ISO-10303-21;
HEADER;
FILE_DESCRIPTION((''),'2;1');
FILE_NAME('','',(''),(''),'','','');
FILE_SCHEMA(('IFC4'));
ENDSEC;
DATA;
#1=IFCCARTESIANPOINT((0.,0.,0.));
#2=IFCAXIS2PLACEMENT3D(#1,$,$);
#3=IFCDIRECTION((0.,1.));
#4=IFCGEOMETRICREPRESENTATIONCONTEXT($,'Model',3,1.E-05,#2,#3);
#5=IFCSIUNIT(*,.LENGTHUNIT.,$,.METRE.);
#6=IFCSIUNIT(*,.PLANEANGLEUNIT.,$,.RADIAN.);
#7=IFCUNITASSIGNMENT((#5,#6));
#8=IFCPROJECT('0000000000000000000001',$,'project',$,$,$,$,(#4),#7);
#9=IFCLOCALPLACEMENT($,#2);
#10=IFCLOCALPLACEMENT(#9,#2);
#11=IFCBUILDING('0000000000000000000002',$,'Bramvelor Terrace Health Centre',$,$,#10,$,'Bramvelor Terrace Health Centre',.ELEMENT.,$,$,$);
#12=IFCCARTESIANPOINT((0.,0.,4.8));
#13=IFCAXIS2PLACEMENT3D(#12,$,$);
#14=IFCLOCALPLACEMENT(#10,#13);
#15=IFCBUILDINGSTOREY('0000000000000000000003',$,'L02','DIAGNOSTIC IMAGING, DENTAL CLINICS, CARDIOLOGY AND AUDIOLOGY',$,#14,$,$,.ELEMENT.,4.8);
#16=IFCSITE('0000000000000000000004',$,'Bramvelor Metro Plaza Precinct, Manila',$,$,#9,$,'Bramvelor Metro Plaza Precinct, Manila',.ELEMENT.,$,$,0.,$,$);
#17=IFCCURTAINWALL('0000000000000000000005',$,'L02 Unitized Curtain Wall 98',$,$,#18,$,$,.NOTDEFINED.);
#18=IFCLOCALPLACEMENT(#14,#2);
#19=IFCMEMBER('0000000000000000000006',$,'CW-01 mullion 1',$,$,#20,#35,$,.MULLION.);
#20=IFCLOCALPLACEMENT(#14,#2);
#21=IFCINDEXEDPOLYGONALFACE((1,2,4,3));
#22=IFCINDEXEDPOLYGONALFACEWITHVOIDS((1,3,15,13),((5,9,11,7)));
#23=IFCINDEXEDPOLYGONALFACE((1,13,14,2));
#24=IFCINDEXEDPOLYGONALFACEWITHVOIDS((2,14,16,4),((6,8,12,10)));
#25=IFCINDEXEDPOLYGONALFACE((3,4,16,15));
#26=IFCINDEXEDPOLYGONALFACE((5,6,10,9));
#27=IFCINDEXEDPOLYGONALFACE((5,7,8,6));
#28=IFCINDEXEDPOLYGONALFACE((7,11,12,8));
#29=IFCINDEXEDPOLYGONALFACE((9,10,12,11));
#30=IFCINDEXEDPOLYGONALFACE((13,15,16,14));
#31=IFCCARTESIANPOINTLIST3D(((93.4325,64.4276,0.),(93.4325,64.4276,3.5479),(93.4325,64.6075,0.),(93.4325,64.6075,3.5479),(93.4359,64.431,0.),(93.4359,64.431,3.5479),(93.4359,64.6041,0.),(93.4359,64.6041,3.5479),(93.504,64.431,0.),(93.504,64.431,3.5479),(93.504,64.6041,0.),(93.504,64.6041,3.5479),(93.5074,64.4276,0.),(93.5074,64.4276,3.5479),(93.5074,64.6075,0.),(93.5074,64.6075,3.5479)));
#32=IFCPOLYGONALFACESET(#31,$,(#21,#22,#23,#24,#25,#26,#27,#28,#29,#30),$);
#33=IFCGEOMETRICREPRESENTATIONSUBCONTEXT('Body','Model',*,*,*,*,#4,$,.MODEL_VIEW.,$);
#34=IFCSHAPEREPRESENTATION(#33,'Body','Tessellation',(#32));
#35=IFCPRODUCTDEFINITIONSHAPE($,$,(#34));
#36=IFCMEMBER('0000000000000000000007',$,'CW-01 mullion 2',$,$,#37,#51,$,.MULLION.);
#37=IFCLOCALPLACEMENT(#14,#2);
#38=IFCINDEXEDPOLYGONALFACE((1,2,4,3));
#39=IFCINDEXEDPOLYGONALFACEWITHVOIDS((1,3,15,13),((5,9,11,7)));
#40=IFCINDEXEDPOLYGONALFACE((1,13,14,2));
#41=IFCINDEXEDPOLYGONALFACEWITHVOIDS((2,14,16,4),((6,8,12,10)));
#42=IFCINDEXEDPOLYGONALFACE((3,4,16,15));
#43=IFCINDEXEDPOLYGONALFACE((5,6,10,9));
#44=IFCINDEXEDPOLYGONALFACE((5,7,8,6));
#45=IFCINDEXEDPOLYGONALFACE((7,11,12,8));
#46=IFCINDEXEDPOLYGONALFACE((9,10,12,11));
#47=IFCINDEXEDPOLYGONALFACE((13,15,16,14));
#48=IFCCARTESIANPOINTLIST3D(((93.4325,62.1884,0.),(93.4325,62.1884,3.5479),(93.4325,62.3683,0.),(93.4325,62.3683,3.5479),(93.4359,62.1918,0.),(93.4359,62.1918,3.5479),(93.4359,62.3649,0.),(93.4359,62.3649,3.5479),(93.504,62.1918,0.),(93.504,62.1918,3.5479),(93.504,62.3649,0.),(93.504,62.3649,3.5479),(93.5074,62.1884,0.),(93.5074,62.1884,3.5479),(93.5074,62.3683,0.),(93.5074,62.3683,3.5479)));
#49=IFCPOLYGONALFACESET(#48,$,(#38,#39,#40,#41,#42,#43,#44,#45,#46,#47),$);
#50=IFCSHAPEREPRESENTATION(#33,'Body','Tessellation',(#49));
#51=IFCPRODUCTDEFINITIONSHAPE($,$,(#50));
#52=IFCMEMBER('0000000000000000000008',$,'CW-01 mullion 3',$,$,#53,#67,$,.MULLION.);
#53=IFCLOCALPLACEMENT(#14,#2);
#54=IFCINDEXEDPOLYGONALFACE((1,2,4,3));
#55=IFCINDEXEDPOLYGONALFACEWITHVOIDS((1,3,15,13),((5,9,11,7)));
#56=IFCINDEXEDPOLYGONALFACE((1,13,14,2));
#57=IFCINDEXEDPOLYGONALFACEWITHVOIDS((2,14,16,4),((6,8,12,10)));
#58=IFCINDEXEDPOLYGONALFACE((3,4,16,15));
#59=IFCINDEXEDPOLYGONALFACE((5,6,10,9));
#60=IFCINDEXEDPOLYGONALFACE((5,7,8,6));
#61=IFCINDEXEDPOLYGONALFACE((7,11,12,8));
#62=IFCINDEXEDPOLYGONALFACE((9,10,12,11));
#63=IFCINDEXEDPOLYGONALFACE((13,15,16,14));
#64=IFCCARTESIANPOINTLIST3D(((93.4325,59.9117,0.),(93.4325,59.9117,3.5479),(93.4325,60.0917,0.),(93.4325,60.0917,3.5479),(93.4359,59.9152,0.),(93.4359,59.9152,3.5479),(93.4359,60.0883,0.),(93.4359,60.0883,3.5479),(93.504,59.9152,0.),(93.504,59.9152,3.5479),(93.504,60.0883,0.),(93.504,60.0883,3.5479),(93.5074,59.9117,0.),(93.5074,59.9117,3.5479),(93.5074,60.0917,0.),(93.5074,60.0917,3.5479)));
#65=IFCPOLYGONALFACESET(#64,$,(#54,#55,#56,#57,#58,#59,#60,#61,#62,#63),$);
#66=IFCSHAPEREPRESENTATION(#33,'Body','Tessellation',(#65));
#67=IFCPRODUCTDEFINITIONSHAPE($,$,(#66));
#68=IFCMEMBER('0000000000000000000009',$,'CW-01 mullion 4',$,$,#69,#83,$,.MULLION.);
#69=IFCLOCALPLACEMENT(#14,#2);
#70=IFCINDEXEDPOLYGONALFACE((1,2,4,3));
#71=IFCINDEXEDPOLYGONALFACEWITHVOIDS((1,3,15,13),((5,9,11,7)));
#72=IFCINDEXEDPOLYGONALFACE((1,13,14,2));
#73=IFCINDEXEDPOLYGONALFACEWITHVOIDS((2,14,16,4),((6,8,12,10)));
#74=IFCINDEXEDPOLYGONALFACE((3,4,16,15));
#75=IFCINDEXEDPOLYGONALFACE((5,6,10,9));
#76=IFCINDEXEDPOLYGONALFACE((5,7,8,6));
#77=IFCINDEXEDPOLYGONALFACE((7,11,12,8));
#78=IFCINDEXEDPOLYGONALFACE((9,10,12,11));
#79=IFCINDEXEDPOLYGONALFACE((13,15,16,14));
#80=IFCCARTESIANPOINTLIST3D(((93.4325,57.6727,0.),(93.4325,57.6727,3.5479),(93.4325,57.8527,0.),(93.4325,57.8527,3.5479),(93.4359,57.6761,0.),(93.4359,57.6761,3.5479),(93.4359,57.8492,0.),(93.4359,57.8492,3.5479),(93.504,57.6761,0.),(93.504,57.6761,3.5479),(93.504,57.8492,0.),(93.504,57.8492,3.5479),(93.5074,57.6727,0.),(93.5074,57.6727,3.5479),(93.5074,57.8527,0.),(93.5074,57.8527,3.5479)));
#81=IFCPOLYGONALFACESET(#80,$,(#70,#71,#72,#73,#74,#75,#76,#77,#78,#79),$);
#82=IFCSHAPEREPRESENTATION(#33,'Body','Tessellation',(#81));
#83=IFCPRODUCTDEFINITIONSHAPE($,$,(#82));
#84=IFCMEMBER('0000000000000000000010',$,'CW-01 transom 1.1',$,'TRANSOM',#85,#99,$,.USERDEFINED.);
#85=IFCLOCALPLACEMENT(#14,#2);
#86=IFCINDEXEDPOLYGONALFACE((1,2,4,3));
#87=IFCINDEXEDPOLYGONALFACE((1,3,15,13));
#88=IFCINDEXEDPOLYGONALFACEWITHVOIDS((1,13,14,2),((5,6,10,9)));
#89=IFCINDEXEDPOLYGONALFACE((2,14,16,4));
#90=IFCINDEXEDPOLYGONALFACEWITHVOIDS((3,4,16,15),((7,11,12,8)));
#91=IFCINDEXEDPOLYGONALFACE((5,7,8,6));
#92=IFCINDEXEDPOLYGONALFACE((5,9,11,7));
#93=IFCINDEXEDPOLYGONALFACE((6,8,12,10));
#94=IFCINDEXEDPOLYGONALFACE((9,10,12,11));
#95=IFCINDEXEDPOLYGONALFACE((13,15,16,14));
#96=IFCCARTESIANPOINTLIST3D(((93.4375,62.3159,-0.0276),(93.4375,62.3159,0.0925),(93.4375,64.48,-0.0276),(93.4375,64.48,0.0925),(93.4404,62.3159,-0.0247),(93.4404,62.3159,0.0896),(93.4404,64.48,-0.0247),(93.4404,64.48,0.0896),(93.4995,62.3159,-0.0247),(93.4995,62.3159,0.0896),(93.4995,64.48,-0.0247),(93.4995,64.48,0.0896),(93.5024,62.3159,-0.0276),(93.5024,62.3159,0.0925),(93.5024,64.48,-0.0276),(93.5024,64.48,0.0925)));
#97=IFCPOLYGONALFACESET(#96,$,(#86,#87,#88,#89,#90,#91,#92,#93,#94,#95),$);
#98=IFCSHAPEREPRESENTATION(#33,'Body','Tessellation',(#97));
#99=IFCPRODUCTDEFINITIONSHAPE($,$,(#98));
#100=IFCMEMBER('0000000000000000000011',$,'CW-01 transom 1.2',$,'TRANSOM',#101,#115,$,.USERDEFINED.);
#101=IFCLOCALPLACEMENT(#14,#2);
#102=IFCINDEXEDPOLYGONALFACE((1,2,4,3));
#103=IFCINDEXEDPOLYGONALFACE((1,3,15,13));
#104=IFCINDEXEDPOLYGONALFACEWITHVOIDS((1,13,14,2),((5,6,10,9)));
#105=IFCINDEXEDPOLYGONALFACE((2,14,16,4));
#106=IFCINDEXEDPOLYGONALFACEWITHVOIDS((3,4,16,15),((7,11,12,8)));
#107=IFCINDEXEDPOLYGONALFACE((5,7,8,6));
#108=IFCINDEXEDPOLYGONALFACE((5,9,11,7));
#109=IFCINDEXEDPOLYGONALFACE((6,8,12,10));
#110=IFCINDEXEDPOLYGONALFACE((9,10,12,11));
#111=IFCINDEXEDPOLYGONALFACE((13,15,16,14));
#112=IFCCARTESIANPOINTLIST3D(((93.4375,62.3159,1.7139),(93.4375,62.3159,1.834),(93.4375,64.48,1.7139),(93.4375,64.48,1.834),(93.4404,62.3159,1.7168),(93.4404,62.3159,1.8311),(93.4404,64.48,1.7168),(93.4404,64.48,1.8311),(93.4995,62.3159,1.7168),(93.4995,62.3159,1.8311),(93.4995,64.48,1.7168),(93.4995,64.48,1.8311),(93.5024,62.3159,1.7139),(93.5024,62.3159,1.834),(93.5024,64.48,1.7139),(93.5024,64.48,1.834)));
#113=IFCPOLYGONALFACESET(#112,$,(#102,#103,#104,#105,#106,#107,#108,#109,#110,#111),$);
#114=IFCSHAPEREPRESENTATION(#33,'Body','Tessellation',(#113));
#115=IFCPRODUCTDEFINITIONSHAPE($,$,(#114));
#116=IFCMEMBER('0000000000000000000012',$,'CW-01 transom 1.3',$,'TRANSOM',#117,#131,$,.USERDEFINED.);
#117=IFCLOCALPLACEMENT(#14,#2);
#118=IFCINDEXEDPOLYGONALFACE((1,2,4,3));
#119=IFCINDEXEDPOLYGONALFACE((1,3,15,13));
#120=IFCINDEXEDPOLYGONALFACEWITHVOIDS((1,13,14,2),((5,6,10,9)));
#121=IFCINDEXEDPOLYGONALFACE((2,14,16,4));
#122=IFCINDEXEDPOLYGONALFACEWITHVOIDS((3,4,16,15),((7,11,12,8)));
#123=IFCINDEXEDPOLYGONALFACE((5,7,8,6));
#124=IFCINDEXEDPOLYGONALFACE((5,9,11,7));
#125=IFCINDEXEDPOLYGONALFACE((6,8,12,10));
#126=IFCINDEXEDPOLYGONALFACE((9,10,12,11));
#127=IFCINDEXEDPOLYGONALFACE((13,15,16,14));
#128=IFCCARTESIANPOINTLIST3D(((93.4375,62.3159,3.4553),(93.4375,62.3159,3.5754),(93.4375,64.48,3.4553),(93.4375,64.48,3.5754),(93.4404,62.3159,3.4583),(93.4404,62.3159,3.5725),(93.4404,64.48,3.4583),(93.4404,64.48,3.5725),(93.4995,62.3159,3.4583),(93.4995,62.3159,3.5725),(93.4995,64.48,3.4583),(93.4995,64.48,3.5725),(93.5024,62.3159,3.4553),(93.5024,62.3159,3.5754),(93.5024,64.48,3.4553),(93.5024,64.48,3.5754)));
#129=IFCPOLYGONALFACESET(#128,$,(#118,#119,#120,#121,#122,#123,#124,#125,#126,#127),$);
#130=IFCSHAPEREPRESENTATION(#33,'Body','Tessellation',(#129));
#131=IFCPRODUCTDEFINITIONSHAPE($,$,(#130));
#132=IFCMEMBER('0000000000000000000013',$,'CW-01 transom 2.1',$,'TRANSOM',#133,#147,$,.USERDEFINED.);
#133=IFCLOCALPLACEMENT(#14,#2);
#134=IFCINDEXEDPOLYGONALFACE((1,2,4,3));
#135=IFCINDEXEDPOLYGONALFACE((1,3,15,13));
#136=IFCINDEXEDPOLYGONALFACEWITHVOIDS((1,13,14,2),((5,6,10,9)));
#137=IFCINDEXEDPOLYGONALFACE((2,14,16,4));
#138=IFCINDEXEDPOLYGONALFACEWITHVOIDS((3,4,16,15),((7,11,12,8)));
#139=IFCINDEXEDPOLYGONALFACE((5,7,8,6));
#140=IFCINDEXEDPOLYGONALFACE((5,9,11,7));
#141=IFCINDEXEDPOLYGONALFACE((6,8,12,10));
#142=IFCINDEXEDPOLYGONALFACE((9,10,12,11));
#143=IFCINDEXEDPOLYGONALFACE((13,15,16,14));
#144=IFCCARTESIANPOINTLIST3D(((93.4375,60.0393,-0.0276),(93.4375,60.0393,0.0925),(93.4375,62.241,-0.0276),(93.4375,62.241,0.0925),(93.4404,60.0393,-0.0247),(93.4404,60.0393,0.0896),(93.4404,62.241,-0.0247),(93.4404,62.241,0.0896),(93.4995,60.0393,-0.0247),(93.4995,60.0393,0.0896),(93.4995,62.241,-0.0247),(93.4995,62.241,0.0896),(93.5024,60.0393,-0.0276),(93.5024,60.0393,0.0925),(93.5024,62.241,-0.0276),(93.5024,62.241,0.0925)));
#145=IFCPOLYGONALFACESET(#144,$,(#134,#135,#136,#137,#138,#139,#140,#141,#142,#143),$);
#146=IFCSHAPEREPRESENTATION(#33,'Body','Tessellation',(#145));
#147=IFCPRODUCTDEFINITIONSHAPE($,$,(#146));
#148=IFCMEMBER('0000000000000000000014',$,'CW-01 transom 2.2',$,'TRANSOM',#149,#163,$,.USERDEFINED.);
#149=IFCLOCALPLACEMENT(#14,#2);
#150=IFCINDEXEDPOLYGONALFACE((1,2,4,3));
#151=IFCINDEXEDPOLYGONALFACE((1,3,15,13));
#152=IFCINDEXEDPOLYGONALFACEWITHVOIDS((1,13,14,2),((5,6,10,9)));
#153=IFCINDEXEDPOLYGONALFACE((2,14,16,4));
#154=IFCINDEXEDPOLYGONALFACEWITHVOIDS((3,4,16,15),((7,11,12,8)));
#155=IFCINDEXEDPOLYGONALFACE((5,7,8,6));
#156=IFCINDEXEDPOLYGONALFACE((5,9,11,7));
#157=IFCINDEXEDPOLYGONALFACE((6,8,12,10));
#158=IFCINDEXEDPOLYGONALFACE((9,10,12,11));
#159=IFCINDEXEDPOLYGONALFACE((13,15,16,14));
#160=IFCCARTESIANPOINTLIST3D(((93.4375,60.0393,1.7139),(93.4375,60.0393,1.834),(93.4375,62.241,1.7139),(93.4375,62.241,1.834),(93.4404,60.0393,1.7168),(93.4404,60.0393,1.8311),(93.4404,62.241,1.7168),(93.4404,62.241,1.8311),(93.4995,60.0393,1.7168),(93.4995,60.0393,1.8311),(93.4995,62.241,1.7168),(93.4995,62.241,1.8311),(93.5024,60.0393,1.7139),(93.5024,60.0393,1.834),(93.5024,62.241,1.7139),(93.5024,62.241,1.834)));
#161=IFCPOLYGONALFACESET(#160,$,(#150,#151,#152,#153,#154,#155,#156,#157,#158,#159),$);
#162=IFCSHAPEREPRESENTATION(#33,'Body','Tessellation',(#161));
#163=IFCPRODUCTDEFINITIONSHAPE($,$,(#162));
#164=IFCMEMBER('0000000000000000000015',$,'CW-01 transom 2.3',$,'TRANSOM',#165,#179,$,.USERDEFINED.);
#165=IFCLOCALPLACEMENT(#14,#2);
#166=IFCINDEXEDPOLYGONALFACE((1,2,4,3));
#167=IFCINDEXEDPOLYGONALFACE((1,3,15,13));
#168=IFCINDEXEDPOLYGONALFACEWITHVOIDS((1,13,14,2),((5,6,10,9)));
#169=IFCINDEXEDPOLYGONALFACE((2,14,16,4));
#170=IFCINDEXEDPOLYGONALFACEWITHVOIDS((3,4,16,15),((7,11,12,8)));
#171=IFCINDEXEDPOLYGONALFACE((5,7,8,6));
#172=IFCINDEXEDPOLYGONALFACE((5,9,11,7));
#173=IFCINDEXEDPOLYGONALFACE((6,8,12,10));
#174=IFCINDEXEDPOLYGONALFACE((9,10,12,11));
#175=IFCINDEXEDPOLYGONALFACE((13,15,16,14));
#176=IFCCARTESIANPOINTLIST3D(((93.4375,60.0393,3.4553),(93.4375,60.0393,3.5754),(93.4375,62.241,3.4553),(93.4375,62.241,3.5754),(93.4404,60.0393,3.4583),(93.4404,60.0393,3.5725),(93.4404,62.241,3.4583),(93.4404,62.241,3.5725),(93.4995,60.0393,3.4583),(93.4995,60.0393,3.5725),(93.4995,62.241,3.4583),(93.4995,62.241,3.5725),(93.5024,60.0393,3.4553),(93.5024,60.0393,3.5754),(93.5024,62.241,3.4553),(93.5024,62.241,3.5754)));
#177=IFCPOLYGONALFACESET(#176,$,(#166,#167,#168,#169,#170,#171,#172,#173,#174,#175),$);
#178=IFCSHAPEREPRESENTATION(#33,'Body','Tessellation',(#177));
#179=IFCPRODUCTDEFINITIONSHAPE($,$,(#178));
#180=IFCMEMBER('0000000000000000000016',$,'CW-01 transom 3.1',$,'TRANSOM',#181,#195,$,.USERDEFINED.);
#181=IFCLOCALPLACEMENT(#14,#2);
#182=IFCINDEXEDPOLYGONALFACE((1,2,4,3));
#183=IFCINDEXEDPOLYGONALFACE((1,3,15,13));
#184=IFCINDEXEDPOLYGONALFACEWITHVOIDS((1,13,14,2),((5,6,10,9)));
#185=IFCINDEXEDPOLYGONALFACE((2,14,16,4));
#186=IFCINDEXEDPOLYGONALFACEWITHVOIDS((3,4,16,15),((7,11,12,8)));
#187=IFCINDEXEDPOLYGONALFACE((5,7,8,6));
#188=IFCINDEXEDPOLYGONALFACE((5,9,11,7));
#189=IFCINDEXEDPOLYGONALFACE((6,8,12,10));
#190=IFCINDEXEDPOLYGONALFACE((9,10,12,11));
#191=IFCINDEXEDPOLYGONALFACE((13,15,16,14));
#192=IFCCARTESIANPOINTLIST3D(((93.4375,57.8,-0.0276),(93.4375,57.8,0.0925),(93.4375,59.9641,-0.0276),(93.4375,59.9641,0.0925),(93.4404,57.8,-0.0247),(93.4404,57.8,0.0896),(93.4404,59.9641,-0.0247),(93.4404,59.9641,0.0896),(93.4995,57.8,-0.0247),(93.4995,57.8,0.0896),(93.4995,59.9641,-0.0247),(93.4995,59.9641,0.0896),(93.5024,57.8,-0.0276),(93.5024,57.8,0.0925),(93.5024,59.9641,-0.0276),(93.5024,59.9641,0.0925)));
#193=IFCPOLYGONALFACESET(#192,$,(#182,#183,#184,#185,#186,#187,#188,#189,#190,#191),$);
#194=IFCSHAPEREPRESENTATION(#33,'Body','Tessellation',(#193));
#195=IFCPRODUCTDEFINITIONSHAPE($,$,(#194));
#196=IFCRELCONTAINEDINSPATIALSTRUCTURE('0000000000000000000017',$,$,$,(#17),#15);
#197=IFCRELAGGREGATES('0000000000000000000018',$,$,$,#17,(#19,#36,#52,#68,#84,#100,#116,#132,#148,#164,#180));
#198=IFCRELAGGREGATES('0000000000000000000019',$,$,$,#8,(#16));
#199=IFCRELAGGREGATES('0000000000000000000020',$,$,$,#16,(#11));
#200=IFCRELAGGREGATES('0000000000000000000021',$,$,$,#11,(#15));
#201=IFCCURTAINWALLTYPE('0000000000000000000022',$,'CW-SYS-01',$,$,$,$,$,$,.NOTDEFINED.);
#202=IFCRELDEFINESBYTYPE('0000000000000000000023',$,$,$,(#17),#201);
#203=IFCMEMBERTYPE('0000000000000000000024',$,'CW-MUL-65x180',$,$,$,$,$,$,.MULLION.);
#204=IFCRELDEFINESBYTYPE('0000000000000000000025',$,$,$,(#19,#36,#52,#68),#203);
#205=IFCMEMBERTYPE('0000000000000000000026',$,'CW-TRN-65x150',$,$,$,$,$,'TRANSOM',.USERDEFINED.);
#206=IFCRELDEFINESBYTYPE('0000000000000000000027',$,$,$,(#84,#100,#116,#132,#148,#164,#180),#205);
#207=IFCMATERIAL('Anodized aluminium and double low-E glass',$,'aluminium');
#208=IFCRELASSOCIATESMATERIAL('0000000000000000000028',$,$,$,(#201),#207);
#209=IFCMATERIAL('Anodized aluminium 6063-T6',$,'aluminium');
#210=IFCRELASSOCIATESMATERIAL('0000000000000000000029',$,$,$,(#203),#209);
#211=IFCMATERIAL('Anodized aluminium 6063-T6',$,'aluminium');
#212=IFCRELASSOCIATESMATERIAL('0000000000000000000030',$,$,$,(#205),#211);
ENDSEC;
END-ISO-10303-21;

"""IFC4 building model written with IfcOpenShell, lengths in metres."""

from ifc_helpers import new_model, si_unit, direction, frame, origin, origin_2d, place, context, subcontext, project, spatial, hollow_rectangle, extrude, material, material_profile, profile_set, type_object, element, aggregate, save


model = new_model("IFC4")

# Units and contexts
model_context = context("Model", 3, precision=1e-05, world=origin(), true_north=direction((0.0, 1.0)))
body_context = subcontext(model_context, "Body", "Model", "MODEL_VIEW")
ifc_project = project(units=[si_unit("LENGTHUNIT", "METRE"), si_unit("PLANEANGLEUNIT", "RADIAN")], contexts=[model_context])

# Site, building, storey
site_placement = place(None, origin())
site = spatial("IfcSite", under=ifc_project, at=site_placement, Name="Bramvelor Metro Plaza Precinct, Manila", LongName="Bramvelor Metro Plaza Precinct, Manila", CompositionType="ELEMENT", RefElevation=0.0)
building_placement = place(site_placement, origin())
building = spatial("IfcBuilding", under=site, at=building_placement, Name="Bramvelor Terrace Health Centre", LongName="Bramvelor Terrace Health Centre", CompositionType="ELEMENT")
storey_placement = place(building_placement, frame((0.0, 0.0, 4.8)))
storey = spatial("IfcBuildingStorey", under=building, at=storey_placement, Name="L02", Description="DIAGNOSTIC IMAGING, DENTAL CLINICS, CARDIOLOGY AND AUDIOLOGY", CompositionType="ELEMENT", Elevation=4.8)

# Curtain wall, members
ifc_material_1 = material(Name="Anodized aluminium and double low-E glass", Category="aluminium")
curtain_wall_type = type_object("IfcCurtainWallType", Name="CW-SYS-01", PredefinedType="NOTDEFINED", material=ifc_material_1)
curtain_wall_placement = place(storey_placement, origin())
curtain_wall = element("IfcCurtainWall", 1, at=curtain_wall_placement, inside=storey, type_object=curtain_wall_type, Name="L02 Unitized Curtain Wall 98", PredefinedType="NOTDEFINED")
ifc_material_2 = material(Name="Anodized aluminium 6063-T6", Category="aluminium")
ifc_material_profile_1 = material_profile(ifc_material_2, hollow_rectangle(XDim=0.075, YDim=0.1799, WallThickness=0.0034, at=origin_2d()), Name="ALU-MUL 75x180x3.5")
ifc_profile_set_1 = profile_set([ifc_material_profile_1], Name="Anodized aluminium 6063-T6")
member_type_1 = type_object("IfcMemberType", Name="CW-MUL-65x180", PredefinedType="MULLION", material=ifc_profile_set_1)
member_1_placement = place(storey_placement, frame((93.47, 64.5176, 0.0), z_axis=(0.0, 0.0, 1.0), x_axis=(1.0, 0.0, 0.0)))
member_1 = element("IfcMember", 2, at=member_1_placement, type_object=member_type_1, Name="CW-01 mullion 1", PredefinedType="MULLION", context=body_context, shape_type="SweptSolid", body=[
    extrude(hollow_rectangle(XDim=0.075, YDim=0.1799, WallThickness=0.0034, at=origin_2d()), origin(), (0.0, 0.0, 1.0), 3.5479),
])
member_2_placement = place(storey_placement, frame((93.47, 62.2783, 0.0), z_axis=(0.0, 0.0, 1.0), x_axis=(1.0, 0.0, 0.0)))
member_2 = element("IfcMember", 3, at=member_2_placement, type_object=member_type_1, Name="CW-01 mullion 2", PredefinedType="MULLION", context=body_context, shape_type="SweptSolid", body=[
    extrude(hollow_rectangle(XDim=0.075, YDim=0.1799, WallThickness=0.0034, at=origin_2d()), origin(), (0.0, 0.0, 1.0), 3.5479),
])
member_3_placement = place(storey_placement, frame((93.47, 60.0017, 0.0), z_axis=(0.0, 0.0, 1.0), x_axis=(1.0, 0.0, 0.0)))
member_3 = element("IfcMember", 4, at=member_3_placement, type_object=member_type_1, Name="CW-01 mullion 3", PredefinedType="MULLION", context=body_context, shape_type="SweptSolid", body=[
    extrude(hollow_rectangle(XDim=0.075, YDim=0.1799, WallThickness=0.0034, at=origin_2d()), origin(), (0.0, 0.0, 1.0), 3.5479),
])
member_4_placement = place(storey_placement, frame((93.47, 57.7627, 0.0), z_axis=(0.0, 0.0, 1.0), x_axis=(1.0, 0.0, 0.0)))
member_4 = element("IfcMember", 5, at=member_4_placement, type_object=member_type_1, Name="CW-01 mullion 4", PredefinedType="MULLION", context=body_context, shape_type="SweptSolid", body=[
    extrude(hollow_rectangle(XDim=0.075, YDim=0.1799, WallThickness=0.0034, at=origin_2d()), origin(), (0.0, 0.0, 1.0), 3.5479),
])
ifc_material_3 = material(Name="Anodized aluminium 6063-T6", Category="aluminium")
ifc_material_profile_2 = material_profile(ifc_material_3, hollow_rectangle(XDim=0.0649, YDim=0.1201, WallThickness=0.0029, at=origin_2d()), Name="ALU-TRN 65x120x3.0")
ifc_profile_set_2 = profile_set([ifc_material_profile_2], Name="Anodized aluminium 6063-T6")
member_type_2 = type_object("IfcMemberType", Name="CW-TRN-65x150", ElementType="TRANSOM", PredefinedType="USERDEFINED", material=ifc_profile_set_2)
member_5_placement = place(storey_placement, frame((93.47, 64.48, 0.0325), z_axis=(0.0, -1.0, 0.0), x_axis=(1.0, 0.0, 0.0)))
member_5 = element("IfcMember", 6, at=member_5_placement, type_object=member_type_2, Name="CW-01 transom 1.1", ObjectType="TRANSOM", PredefinedType="USERDEFINED", context=body_context, shape_type="SweptSolid", body=[
    extrude(hollow_rectangle(XDim=0.0649, YDim=0.1201, WallThickness=0.0029, at=origin_2d()), origin(), (0.0, 0.0, 1.0), 2.1641),
])
member_6_placement = place(storey_placement, frame((93.47, 64.48, 1.7739), z_axis=(0.0, -1.0, 0.0), x_axis=(1.0, 0.0, 0.0)))
member_6 = element("IfcMember", 7, at=member_6_placement, type_object=member_type_2, Name="CW-01 transom 1.2", ObjectType="TRANSOM", PredefinedType="USERDEFINED", context=body_context, shape_type="SweptSolid", body=[
    extrude(hollow_rectangle(XDim=0.0649, YDim=0.1201, WallThickness=0.0029, at=origin_2d()), origin(), (0.0, 0.0, 1.0), 2.1641),
])
member_7_placement = place(storey_placement, frame((93.47, 64.48, 3.5154), z_axis=(0.0, -1.0, 0.0), x_axis=(1.0, 0.0, 0.0)))
member_7 = element("IfcMember", 8, at=member_7_placement, type_object=member_type_2, Name="CW-01 transom 1.3", ObjectType="TRANSOM", PredefinedType="USERDEFINED", context=body_context, shape_type="SweptSolid", body=[
    extrude(hollow_rectangle(XDim=0.0649, YDim=0.1201, WallThickness=0.0029, at=origin_2d()), origin(), (0.0, 0.0, 1.0), 2.1641),
])
member_8_placement = place(storey_placement, frame((93.47, 62.241, 0.0325), z_axis=(0.0, -1.0, 0.0), x_axis=(1.0, 0.0, 0.0)))
member_8 = element("IfcMember", 9, at=member_8_placement, type_object=member_type_2, Name="CW-01 transom 2.1", ObjectType="TRANSOM", PredefinedType="USERDEFINED", context=body_context, shape_type="SweptSolid", body=[
    extrude(hollow_rectangle(XDim=0.0649, YDim=0.1201, WallThickness=0.0029, at=origin_2d()), origin(), (0.0, 0.0, 1.0), 2.2017),
])
member_9_placement = place(storey_placement, frame((93.47, 62.241, 1.7739), z_axis=(0.0, -1.0, 0.0), x_axis=(1.0, 0.0, 0.0)))
member_9 = element("IfcMember", 10, at=member_9_placement, type_object=member_type_2, Name="CW-01 transom 2.2", ObjectType="TRANSOM", PredefinedType="USERDEFINED", context=body_context, shape_type="SweptSolid", body=[
    extrude(hollow_rectangle(XDim=0.0649, YDim=0.1201, WallThickness=0.0029, at=origin_2d()), origin(), (0.0, 0.0, 1.0), 2.2017),
])
member_10_placement = place(storey_placement, frame((93.47, 62.241, 3.5154), z_axis=(0.0, -1.0, 0.0), x_axis=(1.0, 0.0, 0.0)))
member_10 = element("IfcMember", 11, at=member_10_placement, type_object=member_type_2, Name="CW-01 transom 2.3", ObjectType="TRANSOM", PredefinedType="USERDEFINED", context=body_context, shape_type="SweptSolid", body=[
    extrude(hollow_rectangle(XDim=0.0649, YDim=0.1201, WallThickness=0.0029, at=origin_2d()), origin(), (0.0, 0.0, 1.0), 2.2017),
])
member_11_placement = place(storey_placement, frame((93.47, 59.9641, 0.0325), z_axis=(0.0, -1.0, 0.0), x_axis=(1.0, 0.0, 0.0)))
member_11 = element("IfcMember", 12, at=member_11_placement, type_object=member_type_2, Name="CW-01 transom 3.1", ObjectType="TRANSOM", PredefinedType="USERDEFINED", context=body_context, shape_type="SweptSolid", body=[
    extrude(hollow_rectangle(XDim=0.0649, YDim=0.1201, WallThickness=0.0029, at=origin_2d()), origin(), (0.0, 0.0, 1.0), 2.1641),
])
aggregate(curtain_wall, [member_1, member_2, member_3, member_4, member_5, member_6, member_7, member_8, member_9, member_10, member_11])

save(model, "model.ifc")
